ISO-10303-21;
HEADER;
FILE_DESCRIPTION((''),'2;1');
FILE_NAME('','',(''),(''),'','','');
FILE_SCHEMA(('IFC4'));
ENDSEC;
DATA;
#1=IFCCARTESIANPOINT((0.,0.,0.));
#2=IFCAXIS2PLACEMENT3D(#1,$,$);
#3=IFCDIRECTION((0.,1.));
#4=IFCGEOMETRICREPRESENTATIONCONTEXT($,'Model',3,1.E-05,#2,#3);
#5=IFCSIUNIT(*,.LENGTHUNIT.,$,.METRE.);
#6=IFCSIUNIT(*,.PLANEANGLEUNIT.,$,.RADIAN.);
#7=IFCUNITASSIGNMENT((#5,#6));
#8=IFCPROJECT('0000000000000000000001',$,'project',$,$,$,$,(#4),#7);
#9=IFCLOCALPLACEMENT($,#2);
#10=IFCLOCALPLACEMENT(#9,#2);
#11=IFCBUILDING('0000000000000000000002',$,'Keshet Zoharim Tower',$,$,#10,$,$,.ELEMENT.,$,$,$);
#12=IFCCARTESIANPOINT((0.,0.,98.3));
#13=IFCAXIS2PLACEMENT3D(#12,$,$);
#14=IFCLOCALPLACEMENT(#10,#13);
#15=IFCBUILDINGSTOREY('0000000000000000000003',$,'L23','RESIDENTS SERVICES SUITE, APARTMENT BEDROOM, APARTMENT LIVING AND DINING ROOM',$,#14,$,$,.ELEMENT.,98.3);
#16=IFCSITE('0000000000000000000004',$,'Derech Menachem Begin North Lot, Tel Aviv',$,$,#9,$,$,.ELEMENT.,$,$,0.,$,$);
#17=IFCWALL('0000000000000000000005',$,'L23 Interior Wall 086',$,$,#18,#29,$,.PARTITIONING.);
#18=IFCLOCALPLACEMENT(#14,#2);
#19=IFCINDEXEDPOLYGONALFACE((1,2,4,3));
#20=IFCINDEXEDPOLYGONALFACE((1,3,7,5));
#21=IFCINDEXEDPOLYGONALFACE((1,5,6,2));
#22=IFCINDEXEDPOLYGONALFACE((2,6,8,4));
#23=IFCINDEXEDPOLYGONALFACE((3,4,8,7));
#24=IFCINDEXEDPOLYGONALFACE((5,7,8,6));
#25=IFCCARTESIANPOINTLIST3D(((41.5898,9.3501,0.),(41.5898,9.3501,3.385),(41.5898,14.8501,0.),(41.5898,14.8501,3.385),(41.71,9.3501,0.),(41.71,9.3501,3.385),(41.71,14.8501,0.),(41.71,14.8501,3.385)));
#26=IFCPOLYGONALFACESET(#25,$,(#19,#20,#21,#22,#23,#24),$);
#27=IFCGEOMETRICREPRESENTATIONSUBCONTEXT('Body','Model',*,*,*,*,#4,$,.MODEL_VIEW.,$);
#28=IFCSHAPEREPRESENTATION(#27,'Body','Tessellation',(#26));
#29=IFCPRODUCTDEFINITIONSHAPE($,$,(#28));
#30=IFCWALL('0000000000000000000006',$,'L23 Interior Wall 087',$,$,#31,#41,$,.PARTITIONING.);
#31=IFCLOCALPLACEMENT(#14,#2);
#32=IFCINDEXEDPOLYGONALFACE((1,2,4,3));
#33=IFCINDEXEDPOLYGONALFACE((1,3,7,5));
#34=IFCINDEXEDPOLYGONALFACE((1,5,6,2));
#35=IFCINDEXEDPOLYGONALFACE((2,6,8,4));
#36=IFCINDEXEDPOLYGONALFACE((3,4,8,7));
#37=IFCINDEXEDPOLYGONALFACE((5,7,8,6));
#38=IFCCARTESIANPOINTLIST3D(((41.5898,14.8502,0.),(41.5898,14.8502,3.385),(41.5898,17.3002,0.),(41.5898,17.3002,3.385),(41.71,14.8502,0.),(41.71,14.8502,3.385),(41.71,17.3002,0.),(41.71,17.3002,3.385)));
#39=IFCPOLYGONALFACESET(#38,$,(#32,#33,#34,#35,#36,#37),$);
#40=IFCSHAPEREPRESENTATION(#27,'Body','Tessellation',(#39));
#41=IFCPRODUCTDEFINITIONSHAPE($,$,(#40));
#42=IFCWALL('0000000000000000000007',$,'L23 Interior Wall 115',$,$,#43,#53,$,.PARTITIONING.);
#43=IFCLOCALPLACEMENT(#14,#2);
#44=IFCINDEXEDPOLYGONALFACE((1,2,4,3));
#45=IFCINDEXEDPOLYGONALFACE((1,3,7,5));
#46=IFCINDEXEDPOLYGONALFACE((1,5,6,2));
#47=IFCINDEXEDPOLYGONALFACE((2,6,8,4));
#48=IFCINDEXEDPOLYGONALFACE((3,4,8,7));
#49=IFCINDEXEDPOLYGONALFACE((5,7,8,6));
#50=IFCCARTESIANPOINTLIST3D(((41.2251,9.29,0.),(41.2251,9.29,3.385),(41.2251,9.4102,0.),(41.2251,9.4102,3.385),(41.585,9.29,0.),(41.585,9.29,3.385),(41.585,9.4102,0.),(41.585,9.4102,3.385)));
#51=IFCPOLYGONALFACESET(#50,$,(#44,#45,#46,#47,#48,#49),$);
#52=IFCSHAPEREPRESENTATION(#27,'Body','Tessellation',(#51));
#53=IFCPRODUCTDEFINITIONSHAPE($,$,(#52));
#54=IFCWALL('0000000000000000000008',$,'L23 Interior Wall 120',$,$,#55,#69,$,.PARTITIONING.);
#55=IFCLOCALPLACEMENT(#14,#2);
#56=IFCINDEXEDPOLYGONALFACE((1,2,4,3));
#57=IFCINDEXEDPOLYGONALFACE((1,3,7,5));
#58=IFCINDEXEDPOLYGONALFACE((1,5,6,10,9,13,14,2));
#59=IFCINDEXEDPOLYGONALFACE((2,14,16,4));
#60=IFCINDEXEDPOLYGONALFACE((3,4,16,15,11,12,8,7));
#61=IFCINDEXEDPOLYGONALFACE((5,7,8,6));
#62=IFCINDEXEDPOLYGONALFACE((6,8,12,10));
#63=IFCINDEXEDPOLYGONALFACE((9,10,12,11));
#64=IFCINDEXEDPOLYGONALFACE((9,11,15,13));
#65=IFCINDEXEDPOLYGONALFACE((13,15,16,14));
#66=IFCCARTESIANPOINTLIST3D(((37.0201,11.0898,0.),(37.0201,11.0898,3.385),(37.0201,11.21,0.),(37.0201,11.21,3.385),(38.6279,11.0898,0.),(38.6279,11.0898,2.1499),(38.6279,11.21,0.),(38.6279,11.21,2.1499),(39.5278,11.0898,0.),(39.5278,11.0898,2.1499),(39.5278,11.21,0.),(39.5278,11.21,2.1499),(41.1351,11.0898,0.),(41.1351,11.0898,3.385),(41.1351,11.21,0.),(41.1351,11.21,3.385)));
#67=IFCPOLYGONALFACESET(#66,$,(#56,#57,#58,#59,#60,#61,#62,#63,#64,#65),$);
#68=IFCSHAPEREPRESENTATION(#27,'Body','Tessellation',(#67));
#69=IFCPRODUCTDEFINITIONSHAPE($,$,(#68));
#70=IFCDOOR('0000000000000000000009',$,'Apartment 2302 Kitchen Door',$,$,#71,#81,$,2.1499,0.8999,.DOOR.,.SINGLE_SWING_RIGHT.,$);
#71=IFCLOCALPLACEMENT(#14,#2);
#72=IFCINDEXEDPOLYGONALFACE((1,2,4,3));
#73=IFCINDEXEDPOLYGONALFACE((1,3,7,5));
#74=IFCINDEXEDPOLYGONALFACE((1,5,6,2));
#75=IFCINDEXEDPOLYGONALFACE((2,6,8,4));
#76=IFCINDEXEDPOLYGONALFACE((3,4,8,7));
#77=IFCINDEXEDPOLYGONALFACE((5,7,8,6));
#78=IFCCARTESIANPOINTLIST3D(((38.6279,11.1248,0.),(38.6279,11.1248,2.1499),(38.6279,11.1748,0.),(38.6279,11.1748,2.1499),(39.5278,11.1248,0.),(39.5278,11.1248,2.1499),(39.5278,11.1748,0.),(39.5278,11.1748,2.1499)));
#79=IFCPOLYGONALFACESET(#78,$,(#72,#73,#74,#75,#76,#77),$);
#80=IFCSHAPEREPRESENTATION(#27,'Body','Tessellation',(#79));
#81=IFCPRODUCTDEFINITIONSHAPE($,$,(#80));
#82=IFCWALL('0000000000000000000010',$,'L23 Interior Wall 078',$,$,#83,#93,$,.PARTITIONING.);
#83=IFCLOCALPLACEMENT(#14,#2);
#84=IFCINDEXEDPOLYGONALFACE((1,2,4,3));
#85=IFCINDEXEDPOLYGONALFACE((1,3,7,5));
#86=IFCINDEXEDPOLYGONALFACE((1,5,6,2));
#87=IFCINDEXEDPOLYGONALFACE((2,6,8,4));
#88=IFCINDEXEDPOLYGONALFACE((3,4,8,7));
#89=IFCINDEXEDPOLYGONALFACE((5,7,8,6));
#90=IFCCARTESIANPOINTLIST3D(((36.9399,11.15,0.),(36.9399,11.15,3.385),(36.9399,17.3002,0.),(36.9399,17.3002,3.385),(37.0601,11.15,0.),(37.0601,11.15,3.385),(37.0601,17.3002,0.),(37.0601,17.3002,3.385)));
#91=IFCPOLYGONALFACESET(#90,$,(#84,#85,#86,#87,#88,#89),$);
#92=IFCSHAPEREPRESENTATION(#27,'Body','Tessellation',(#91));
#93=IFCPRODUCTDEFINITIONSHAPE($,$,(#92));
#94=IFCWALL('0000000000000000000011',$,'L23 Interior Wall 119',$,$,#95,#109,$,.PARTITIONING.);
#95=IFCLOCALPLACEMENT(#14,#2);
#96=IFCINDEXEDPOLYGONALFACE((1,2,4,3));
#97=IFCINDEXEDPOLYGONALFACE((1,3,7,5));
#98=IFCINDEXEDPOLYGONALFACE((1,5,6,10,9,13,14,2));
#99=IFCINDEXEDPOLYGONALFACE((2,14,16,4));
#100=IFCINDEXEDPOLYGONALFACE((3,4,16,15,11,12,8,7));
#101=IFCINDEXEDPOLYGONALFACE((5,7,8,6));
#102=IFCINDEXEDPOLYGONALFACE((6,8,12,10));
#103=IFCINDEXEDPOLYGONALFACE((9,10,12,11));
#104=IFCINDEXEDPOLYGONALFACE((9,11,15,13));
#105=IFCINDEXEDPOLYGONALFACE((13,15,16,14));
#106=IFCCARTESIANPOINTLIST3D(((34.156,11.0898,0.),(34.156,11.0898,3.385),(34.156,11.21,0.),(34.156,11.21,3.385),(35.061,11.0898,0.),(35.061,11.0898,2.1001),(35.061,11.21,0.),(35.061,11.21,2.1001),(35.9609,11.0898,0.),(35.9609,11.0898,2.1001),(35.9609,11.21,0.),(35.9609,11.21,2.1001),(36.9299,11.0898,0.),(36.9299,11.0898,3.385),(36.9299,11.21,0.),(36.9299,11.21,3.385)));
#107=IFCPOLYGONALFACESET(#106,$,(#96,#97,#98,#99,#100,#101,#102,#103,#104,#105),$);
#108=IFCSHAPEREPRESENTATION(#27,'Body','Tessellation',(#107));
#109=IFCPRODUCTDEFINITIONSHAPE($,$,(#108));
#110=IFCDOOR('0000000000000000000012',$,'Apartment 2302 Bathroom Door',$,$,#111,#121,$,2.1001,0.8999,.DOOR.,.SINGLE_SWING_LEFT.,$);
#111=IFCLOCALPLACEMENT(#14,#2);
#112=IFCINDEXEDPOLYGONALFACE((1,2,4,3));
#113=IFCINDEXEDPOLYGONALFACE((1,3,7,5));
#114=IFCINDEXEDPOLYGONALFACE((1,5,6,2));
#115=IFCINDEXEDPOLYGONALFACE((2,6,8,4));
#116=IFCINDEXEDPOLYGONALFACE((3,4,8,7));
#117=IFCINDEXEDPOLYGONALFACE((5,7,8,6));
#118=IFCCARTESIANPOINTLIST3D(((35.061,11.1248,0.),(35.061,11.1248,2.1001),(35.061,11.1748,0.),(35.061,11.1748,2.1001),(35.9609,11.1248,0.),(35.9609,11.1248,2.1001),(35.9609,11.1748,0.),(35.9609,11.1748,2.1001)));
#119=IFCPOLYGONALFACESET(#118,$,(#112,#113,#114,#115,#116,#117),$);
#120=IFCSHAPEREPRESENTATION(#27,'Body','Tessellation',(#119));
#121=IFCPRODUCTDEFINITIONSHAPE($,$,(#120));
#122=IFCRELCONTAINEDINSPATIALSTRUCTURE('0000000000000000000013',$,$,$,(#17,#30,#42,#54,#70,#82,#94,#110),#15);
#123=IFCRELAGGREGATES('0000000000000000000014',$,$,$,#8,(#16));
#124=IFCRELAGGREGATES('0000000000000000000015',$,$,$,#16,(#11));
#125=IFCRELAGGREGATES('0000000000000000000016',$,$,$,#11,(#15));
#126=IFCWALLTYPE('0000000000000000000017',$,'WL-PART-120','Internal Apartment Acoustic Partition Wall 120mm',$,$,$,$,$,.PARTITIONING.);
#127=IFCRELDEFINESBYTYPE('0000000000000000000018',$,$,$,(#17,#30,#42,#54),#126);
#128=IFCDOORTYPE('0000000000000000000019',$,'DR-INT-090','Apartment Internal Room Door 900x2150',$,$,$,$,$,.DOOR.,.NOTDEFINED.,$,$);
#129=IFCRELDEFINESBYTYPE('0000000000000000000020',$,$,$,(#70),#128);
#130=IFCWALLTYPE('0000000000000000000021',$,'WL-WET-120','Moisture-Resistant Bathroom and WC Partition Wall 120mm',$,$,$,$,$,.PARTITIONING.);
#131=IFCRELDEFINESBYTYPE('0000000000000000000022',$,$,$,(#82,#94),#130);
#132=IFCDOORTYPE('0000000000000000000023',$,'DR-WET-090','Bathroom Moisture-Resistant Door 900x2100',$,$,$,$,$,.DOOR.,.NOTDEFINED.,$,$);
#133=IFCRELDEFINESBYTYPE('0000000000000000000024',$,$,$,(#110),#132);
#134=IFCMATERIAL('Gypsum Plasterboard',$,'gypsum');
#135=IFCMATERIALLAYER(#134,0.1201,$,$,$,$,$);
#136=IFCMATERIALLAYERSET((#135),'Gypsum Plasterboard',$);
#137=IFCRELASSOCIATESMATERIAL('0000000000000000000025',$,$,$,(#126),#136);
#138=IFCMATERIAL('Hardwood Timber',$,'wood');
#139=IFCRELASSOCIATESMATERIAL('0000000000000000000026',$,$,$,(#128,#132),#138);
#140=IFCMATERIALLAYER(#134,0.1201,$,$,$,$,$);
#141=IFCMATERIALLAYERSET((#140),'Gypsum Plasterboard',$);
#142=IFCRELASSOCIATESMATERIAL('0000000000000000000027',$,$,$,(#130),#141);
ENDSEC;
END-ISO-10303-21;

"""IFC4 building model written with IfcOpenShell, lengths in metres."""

from ifc_helpers import new_model, si_unit, direction, frame, frame_2d, origin, place, context, subcontext, project, spatial, rectangle, extrude, material, layer, layer_set, type_object, element, fill, save


model = new_model("IFC4")

# Units and contexts
model_context = context("Model", 3, precision=1e-05, world=origin(), true_north=direction((0.0, 1.0)))
body_context = subcontext(model_context, "Body", "Model", "MODEL_VIEW")
ifc_project = project(units=[si_unit("LENGTHUNIT", "METRE"), si_unit("PLANEANGLEUNIT", "RADIAN")], contexts=[model_context])

# Site, building, storey
site_placement = place(None, origin())
site = spatial("IfcSite", under=ifc_project, at=site_placement, Name="Derech Menachem Begin North Lot, Tel Aviv", CompositionType="ELEMENT", RefElevation=0.0)
building_placement = place(site_placement, origin())
building = spatial("IfcBuilding", under=site, at=building_placement, Name="Keshet Zoharim Tower", CompositionType="ELEMENT")
storey_placement = place(building_placement, frame((0.0, 0.0, 98.3)))
storey = spatial("IfcBuildingStorey", under=building, at=storey_placement, Name="L23", Description="RESIDENTS SERVICES SUITE, APARTMENT BEDROOM, APARTMENT LIVING AND DINING ROOM", CompositionType="ELEMENT", Elevation=98.3)

# Shared definitions
ifc_material_1 = material(Name="Gypsum Plasterboard", Category="gypsum")

# Shared definitions
ifc_material_2 = material(Name="Hardwood Timber", Category="wood")

# Walls
ifc_layer_1 = layer(ifc_material_1, 0.1201)
ifc_layer_set_1 = layer_set([ifc_layer_1], Name="Gypsum Plasterboard")
wall_type_1 = type_object("IfcWallType", Name="WL-PART-120", Description="Internal Apartment Acoustic Partition Wall 120mm", PredefinedType="PARTITIONING", material=ifc_layer_set_1)
wall_1_placement = place(storey_placement, frame((41.6499, 9.3501, 0.0), z_axis=(0.0, 0.0, 1.0), x_axis=(0.0, 1.0, 0.0)))
element("IfcWall", 1, at=wall_1_placement, inside=storey, type_object=wall_type_1, Name="L23 Interior Wall 086", PredefinedType="PARTITIONING", context=body_context, shape_type="SweptSolid", body=[
    extrude(rectangle(XDim=5.5, YDim=0.1201, at=frame_2d((2.75, 0.0))), origin(), (0.0, 0.0, 1.0), 3.385),
])
wall_2_placement = place(storey_placement, frame((41.6499, 14.8501, 0.0), z_axis=(0.0, 0.0, 1.0), x_axis=(0.0, 1.0, 0.0)))
element("IfcWall", 2, at=wall_2_placement, inside=storey, type_object=wall_type_1, Name="L23 Interior Wall 087", PredefinedType="PARTITIONING", context=body_context, shape_type="SweptSolid", body=[
    extrude(rectangle(XDim=2.45, YDim=0.1201, at=frame_2d((1.2251, 0.0))), origin(), (0.0, 0.0, 1.0), 3.385),
])
wall_3_placement = place(storey_placement, frame((41.2251, 9.3501, 0.0), z_axis=(0.0, 0.0, 1.0), x_axis=(1.0, 0.0, 0.0)))
element("IfcWall", 3, at=wall_3_placement, inside=storey, type_object=wall_type_1, Name="L23 Interior Wall 115", PredefinedType="PARTITIONING", context=body_context, shape_type="SweptSolid", body=[
    extrude(rectangle(XDim=0.3599, YDim=0.1201, at=frame_2d((0.1799, 0.0))), origin(), (0.0, 0.0, 1.0), 3.385),
])

# Wall, opening, door
wall_4_placement = place(storey_placement, frame((37.02, 11.1499, 0.0), z_axis=(0.0, 0.0, 1.0), x_axis=(1.0, 0.0, 0.0)))
wall_4 = element("IfcWall", 4, at=wall_4_placement, inside=storey, type_object=wall_type_1, Name="L23 Interior Wall 120", PredefinedType="PARTITIONING", context=body_context, shape_type="SweptSolid", body=[
    extrude(rectangle(XDim=4.115, YDim=0.1201, at=frame_2d((2.0576, 0.0))), origin(), (0.0, 0.0, 1.0), 3.385),
])
opening_1_placement = place(wall_4_placement, frame((1.6079, 0.0, 0.0)))
opening_1 = element("IfcOpeningElement", 5, at=opening_1_placement, cuts=wall_4, PredefinedType="OPENING", context=body_context, shape_type="SweptSolid", body=[
    extrude(rectangle(XDim=0.8999, YDim=2.1499, at=frame_2d((0.45, 1.075))), frame((0.0, 0.0701, 0.0), z_axis=(0.0, -1.0, 0.0), x_axis=(1.0, 0.0, 0.0)), (0.0, 0.0, 1.0), 0.1401),
])
door_type_1 = type_object("IfcDoorType", Name="DR-INT-090", Description="Apartment Internal Room Door 900x2150", OperationType="NOTDEFINED", PredefinedType="DOOR", material=ifc_material_2)
door_1_placement = place(opening_1_placement, origin())
door_1 = element("IfcDoor", 6, at=door_1_placement, inside=storey, type_object=door_type_1, Name="Apartment 2302 Kitchen Door", OperationType="SINGLE_SWING_RIGHT", OverallHeight=2.1499, OverallWidth=0.8999, PredefinedType="DOOR", context=body_context, shape_type="SweptSolid", body=[
    extrude(rectangle(XDim=0.8999, YDim=2.1499, at=frame_2d((0.45, 1.075))), frame((0.0, 0.0249, 0.0), z_axis=(0.0, -1.0, 0.0), x_axis=(1.0, 0.0, 0.0)), (0.0, 0.0, 1.0), 0.05),
])
fill(opening_1, door_1)

# Wall
ifc_layer_2 = layer(ifc_material_1, 0.1201)
ifc_layer_set_2 = layer_set([ifc_layer_2], Name="Gypsum Plasterboard")
wall_type_2 = type_object("IfcWallType", Name="WL-WET-120", Description="Moisture-Resistant Bathroom and WC Partition Wall 120mm", PredefinedType="PARTITIONING", material=ifc_layer_set_2)
wall_5_placement = place(storey_placement, frame((37.0, 11.1499, 0.0), z_axis=(0.0, 0.0, 1.0), x_axis=(0.0, 1.0, 0.0)))
element("IfcWall", 7, at=wall_5_placement, inside=storey, type_object=wall_type_2, Name="L23 Interior Wall 078", PredefinedType="PARTITIONING", context=body_context, shape_type="SweptSolid", body=[
    extrude(rectangle(XDim=6.1501, YDim=0.1201, at=frame_2d((3.0752, 0.0))), origin(), (0.0, 0.0, 1.0), 3.385),
])

# Wall, opening, door
wall_6_placement = place(storey_placement, frame((34.156, 11.1499, 0.0), z_axis=(0.0, 0.0, 1.0), x_axis=(1.0, 0.0, 0.0)))
wall_6 = element("IfcWall", 8, at=wall_6_placement, inside=storey, type_object=wall_type_2, Name="L23 Interior Wall 119", PredefinedType="PARTITIONING", context=body_context, shape_type="SweptSolid", body=[
    extrude(rectangle(XDim=2.7739, YDim=0.1201, at=frame_2d((1.387, 0.0))), origin(), (0.0, 0.0, 1.0), 3.385),
])
opening_2_placement = place(wall_6_placement, frame((0.905, 0.0, 0.0)))
opening_2 = element("IfcOpeningElement", 9, at=opening_2_placement, cuts=wall_6, PredefinedType="OPENING", context=body_context, shape_type="SweptSolid", body=[
    extrude(rectangle(XDim=0.8999, YDim=2.1001, at=frame_2d((0.45, 1.05))), frame((0.0, 0.0701, 0.0), z_axis=(0.0, -1.0, 0.0), x_axis=(1.0, 0.0, 0.0)), (0.0, 0.0, 1.0), 0.1401),
])
door_type_2 = type_object("IfcDoorType", Name="DR-WET-090", Description="Bathroom Moisture-Resistant Door 900x2100", OperationType="NOTDEFINED", PredefinedType="DOOR", material=ifc_material_2)
door_2_placement = place(opening_2_placement, origin())
door_2 = element("IfcDoor", 10, at=door_2_placement, inside=storey, type_object=door_type_2, Name="Apartment 2302 Bathroom Door", OperationType="SINGLE_SWING_LEFT", OverallHeight=2.1001, OverallWidth=0.8999, PredefinedType="DOOR", context=body_context, shape_type="SweptSolid", body=[
    extrude(rectangle(XDim=0.8999, YDim=2.1001, at=frame_2d((0.45, 1.05))), frame((0.0, 0.0249, 0.0), z_axis=(0.0, -1.0, 0.0), x_axis=(1.0, 0.0, 0.0)), (0.0, 0.0, 1.0), 0.05),
])
fill(opening_2, door_2)

save(model, "model.ifc")
